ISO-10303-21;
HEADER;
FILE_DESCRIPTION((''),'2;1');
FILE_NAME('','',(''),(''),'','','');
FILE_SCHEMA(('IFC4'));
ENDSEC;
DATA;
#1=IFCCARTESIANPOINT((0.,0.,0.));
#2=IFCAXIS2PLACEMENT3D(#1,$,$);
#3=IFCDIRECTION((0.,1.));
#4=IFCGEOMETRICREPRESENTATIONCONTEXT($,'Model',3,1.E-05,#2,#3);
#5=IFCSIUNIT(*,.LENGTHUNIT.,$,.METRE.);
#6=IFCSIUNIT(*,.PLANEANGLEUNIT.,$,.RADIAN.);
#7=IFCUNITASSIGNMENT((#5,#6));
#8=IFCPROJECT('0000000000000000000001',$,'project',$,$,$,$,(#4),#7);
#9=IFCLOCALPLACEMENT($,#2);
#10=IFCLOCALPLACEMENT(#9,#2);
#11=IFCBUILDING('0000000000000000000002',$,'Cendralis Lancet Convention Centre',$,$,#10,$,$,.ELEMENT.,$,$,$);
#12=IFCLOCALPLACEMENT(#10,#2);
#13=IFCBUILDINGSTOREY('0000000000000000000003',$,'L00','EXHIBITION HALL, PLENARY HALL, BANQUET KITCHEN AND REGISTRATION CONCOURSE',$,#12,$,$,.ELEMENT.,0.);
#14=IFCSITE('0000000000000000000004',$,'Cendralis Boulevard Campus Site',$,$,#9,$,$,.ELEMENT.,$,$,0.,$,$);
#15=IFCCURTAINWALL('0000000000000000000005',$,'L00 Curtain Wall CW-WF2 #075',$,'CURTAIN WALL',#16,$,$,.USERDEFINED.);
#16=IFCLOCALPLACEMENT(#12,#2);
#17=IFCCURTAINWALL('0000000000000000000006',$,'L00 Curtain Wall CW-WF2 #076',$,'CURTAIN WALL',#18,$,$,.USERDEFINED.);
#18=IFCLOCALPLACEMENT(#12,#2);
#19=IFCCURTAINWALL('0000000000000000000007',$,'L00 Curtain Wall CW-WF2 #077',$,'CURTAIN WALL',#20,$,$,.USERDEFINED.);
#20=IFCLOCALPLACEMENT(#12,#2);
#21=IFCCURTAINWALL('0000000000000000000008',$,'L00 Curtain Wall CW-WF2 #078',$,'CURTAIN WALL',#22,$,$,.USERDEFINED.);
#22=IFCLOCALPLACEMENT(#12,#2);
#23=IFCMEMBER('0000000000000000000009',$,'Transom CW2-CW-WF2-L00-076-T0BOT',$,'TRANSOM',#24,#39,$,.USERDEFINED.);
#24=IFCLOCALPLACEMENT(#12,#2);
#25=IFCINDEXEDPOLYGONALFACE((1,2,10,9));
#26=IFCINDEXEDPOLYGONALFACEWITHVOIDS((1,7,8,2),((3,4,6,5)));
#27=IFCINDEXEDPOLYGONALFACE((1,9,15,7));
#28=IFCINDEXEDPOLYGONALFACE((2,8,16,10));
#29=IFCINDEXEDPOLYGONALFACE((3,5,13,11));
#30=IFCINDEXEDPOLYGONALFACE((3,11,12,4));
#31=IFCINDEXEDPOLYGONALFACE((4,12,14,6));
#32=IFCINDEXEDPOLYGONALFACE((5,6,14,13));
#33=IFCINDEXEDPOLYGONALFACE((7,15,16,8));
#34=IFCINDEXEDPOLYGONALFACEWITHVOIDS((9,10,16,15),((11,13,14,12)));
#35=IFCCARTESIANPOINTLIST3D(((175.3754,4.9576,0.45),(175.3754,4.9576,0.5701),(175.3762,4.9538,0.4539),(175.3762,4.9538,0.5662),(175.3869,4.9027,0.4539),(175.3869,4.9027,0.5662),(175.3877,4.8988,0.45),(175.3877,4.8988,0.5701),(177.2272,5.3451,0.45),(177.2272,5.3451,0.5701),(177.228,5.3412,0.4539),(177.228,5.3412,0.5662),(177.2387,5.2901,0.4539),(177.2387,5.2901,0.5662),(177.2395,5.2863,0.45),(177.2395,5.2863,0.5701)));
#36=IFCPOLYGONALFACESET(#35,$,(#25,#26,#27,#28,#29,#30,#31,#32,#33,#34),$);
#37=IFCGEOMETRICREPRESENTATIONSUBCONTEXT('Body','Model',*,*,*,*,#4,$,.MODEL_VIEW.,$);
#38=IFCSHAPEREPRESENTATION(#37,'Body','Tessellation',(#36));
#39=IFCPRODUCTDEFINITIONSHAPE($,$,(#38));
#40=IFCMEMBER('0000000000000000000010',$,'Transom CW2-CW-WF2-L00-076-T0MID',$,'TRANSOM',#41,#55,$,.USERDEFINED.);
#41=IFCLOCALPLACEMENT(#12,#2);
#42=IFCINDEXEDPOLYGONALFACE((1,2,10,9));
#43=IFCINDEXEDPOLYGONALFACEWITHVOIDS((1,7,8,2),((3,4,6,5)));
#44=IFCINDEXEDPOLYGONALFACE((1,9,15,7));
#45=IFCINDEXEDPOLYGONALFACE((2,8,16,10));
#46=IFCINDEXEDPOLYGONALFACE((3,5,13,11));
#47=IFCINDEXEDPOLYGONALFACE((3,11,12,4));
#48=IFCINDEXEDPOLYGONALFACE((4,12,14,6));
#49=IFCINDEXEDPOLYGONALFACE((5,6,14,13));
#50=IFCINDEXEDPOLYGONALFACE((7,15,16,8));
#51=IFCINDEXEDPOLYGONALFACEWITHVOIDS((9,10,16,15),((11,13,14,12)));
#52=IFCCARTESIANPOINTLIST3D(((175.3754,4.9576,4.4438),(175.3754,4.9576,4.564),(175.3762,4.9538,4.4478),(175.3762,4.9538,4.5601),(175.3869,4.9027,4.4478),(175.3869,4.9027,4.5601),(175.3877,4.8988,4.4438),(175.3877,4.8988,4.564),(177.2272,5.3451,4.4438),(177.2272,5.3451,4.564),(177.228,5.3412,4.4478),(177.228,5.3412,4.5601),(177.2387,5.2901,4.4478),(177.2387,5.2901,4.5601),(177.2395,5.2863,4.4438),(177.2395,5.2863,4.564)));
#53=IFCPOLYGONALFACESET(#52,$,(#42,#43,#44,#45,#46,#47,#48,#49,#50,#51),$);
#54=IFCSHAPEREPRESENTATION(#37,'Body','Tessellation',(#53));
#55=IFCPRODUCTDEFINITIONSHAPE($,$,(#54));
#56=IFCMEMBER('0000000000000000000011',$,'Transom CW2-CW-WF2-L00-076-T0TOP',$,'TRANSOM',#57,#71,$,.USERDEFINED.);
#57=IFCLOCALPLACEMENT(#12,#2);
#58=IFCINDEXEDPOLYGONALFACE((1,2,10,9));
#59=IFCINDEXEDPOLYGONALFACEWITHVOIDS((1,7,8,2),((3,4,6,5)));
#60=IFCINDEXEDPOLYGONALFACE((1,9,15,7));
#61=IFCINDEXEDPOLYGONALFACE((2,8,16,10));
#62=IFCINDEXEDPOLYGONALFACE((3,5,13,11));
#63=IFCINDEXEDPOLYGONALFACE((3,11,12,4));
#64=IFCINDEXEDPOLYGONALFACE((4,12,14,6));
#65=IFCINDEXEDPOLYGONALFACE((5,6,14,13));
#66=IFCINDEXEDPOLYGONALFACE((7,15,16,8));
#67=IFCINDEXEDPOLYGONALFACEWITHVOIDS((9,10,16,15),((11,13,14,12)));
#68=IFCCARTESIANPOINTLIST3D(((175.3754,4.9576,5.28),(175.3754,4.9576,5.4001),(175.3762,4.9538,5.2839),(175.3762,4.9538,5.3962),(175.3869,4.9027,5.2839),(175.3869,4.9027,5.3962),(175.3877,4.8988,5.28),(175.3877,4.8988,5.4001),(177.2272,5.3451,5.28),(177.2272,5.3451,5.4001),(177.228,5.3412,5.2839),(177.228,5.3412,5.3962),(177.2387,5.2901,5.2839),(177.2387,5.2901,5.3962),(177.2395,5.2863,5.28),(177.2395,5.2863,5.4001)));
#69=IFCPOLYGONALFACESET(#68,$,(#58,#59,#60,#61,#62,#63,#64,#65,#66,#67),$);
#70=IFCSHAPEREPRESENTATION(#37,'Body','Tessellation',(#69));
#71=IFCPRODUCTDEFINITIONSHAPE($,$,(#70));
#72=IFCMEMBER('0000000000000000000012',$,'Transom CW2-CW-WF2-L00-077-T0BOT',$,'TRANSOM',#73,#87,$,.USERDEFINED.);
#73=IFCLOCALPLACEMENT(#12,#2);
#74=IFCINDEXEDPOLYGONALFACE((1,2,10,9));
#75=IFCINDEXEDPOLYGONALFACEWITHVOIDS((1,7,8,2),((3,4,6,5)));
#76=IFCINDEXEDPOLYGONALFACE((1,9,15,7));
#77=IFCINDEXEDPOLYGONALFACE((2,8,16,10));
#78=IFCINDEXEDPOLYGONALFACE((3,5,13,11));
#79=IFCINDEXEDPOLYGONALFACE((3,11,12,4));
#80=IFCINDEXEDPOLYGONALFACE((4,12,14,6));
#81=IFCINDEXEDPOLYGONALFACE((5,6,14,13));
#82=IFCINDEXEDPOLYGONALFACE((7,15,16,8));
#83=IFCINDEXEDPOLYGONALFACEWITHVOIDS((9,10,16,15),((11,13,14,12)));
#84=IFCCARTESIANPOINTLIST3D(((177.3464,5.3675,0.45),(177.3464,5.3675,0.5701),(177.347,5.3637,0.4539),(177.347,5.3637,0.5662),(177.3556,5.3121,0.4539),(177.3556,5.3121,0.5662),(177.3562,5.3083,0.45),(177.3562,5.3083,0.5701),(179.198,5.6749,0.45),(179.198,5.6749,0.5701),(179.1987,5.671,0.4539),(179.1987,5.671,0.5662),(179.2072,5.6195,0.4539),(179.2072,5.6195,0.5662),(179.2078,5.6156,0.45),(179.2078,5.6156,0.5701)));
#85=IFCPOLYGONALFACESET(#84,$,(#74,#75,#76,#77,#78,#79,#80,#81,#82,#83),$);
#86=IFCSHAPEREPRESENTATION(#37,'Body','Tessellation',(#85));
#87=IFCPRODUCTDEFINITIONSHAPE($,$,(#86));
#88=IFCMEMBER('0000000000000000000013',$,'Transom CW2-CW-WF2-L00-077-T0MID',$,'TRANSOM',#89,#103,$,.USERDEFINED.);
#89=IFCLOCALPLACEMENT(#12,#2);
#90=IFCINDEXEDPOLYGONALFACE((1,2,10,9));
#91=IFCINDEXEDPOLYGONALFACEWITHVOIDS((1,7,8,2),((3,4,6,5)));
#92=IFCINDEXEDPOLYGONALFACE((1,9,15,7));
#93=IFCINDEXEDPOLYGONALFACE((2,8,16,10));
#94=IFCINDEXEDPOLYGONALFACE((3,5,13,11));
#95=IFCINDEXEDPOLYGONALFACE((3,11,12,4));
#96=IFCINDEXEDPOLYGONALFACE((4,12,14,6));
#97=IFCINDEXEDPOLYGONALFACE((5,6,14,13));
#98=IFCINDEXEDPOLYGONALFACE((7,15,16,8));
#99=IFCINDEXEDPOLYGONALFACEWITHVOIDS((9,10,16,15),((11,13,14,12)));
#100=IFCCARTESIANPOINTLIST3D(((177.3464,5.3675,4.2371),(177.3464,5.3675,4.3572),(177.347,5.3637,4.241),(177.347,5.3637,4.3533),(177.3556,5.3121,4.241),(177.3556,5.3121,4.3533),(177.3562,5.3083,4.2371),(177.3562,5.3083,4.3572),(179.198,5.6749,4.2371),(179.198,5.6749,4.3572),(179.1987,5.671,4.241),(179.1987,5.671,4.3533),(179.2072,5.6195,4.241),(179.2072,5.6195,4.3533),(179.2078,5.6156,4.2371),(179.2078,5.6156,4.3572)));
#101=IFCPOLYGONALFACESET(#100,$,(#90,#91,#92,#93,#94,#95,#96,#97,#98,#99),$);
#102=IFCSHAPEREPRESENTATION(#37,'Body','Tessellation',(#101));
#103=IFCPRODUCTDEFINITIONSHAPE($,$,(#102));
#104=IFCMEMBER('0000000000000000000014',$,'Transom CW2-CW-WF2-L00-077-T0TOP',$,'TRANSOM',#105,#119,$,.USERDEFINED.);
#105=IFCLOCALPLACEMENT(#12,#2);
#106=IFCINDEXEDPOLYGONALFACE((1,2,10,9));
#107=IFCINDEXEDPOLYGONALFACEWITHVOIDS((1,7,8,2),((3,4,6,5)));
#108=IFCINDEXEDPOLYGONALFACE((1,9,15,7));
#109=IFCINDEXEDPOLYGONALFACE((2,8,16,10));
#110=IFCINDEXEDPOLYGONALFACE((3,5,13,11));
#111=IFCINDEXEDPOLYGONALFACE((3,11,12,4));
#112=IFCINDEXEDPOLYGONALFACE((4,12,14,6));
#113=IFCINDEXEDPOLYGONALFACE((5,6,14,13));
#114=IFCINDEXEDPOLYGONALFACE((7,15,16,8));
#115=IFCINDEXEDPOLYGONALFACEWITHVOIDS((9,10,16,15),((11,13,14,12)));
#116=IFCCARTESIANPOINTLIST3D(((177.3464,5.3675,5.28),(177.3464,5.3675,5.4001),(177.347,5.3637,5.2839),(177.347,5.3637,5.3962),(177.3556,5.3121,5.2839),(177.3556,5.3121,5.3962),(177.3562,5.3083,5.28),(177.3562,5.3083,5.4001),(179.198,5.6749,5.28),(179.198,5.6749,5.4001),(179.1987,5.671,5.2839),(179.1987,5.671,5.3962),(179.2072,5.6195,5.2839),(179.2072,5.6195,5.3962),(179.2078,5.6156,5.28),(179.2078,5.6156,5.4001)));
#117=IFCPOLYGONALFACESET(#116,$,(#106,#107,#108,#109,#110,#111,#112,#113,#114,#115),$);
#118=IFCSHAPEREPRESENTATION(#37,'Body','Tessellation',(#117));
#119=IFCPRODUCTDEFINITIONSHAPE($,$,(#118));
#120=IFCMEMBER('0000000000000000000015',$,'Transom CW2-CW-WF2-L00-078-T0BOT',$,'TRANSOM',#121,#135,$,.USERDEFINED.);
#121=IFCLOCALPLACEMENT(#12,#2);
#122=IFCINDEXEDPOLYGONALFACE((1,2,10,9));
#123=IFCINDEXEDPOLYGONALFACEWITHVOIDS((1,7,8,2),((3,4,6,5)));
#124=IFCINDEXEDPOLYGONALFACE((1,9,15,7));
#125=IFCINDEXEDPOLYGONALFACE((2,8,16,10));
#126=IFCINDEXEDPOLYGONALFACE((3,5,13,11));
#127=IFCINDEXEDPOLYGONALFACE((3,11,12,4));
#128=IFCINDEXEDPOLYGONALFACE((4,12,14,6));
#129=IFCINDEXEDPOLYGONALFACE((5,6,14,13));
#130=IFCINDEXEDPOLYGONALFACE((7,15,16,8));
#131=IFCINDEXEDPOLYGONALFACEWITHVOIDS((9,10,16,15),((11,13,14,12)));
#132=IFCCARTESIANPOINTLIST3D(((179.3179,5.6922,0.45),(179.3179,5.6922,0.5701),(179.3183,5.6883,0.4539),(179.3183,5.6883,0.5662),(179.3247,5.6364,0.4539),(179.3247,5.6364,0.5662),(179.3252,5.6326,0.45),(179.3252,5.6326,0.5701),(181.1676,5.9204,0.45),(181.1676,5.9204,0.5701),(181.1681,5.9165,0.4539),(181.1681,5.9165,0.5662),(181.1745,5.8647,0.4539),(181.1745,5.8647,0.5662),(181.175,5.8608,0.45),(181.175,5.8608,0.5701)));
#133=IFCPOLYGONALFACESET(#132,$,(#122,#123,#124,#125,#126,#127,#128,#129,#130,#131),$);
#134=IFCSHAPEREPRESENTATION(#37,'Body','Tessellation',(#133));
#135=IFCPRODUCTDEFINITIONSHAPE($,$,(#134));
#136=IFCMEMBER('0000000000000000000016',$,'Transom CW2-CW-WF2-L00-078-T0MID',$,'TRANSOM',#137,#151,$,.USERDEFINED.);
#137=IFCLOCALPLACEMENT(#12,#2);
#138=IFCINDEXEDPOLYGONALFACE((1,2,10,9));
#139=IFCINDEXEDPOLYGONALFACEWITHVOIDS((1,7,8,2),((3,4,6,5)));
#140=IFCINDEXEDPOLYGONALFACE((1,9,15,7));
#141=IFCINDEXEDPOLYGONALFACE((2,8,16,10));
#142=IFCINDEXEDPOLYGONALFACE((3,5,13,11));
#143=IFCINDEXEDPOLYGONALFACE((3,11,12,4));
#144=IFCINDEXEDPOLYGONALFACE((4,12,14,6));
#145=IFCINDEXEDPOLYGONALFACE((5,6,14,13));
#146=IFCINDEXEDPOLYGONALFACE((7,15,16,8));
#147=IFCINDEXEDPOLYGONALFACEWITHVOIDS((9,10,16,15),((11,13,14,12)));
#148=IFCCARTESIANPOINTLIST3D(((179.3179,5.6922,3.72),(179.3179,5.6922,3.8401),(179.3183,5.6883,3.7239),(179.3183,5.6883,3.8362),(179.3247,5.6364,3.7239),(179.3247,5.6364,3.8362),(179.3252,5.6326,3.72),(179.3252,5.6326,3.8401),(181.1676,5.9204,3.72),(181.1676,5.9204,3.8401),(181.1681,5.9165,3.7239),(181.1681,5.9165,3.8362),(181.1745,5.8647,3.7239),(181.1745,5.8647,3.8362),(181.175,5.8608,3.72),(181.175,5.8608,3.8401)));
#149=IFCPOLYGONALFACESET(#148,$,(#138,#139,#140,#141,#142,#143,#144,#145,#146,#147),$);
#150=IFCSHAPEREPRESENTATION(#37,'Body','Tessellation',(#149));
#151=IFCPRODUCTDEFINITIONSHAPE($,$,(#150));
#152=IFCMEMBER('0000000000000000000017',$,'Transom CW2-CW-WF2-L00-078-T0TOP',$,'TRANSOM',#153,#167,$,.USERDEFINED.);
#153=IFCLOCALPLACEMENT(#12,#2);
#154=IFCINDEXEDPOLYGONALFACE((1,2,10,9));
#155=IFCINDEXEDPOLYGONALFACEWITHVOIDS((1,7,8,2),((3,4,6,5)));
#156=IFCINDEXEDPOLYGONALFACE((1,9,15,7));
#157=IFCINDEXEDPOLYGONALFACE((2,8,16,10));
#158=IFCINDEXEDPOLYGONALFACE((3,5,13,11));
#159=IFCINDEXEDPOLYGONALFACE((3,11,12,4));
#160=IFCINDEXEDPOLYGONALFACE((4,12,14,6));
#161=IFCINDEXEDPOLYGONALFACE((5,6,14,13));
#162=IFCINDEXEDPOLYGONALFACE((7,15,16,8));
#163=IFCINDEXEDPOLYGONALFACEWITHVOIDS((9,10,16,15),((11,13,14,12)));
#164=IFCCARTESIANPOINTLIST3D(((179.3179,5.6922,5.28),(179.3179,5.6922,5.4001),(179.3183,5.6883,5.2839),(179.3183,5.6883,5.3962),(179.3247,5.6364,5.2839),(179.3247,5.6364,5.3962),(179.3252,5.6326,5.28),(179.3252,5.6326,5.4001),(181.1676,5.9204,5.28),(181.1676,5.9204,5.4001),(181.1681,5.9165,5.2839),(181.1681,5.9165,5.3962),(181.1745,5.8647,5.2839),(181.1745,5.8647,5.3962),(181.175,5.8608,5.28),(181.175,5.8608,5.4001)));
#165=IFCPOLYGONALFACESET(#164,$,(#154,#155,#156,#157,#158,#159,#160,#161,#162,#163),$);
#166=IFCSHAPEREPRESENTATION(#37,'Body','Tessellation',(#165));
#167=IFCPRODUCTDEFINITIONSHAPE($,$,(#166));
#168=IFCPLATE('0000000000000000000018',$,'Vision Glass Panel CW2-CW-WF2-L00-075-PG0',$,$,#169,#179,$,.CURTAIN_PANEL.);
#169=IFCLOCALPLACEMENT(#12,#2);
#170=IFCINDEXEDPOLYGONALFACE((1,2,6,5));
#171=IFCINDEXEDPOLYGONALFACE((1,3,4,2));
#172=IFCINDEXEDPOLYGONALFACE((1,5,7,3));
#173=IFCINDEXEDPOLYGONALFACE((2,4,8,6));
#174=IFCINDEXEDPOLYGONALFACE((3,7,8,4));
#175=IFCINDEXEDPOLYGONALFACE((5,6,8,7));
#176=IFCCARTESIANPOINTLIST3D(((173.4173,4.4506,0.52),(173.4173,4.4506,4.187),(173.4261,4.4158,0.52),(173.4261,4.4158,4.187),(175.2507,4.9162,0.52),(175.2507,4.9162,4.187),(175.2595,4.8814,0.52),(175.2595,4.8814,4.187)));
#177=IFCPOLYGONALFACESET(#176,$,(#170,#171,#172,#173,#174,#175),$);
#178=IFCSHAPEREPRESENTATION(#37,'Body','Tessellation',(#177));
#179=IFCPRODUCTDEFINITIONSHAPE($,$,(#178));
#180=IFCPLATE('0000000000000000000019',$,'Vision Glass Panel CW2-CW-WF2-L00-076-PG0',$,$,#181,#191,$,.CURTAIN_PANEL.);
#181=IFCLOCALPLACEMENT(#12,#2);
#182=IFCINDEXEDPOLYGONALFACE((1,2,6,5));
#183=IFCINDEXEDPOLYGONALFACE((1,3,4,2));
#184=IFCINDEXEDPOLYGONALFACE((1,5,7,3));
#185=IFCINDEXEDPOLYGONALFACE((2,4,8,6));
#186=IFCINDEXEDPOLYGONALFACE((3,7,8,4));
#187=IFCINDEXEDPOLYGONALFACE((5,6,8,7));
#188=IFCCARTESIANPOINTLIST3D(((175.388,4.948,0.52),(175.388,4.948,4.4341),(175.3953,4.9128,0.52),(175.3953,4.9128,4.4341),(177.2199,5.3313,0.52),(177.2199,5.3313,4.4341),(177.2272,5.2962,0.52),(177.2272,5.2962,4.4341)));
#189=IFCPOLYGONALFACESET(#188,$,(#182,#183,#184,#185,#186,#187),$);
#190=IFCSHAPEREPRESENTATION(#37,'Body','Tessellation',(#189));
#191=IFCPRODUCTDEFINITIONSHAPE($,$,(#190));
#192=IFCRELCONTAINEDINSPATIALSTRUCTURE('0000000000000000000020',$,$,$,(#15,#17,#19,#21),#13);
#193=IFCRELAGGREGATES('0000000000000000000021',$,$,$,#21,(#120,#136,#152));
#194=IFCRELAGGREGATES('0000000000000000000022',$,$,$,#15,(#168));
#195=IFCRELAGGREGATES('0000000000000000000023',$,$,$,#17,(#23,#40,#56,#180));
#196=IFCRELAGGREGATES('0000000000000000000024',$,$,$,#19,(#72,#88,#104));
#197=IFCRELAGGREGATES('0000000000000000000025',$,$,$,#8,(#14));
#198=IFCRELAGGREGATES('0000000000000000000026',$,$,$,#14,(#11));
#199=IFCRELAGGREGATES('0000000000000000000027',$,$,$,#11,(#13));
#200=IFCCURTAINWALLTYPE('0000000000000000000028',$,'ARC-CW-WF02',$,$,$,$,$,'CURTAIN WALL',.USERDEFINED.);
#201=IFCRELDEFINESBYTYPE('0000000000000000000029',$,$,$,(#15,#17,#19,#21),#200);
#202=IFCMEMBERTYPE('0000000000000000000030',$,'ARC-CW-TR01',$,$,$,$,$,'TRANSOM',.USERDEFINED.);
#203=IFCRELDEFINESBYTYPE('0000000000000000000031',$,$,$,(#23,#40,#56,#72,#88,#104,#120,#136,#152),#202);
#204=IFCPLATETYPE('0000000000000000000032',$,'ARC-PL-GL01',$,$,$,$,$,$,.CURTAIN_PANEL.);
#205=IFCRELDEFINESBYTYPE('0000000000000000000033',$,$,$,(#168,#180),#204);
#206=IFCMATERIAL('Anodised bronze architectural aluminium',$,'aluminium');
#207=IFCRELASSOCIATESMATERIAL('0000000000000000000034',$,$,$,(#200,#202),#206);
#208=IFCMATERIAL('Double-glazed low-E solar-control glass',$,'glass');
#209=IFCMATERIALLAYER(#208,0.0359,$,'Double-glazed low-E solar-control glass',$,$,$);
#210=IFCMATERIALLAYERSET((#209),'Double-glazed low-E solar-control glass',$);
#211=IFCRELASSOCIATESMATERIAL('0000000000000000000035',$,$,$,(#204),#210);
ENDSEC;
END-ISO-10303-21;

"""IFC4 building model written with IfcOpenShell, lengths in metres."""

from ifc_helpers import new_model, si_unit, direction, frame, origin, origin_2d, place, context, subcontext, project, spatial, rectangle, hollow_rectangle, extrude, material, layer, layer_set, material_profile, profile_set, type_object, element, aggregate, save


model = new_model("IFC4")

# Units and contexts
model_context = context("Model", 3, precision=1e-05, world=origin(), true_north=direction((0.0, 1.0)))
body_context = subcontext(model_context, "Body", "Model", "MODEL_VIEW")
ifc_project = project(units=[si_unit("LENGTHUNIT", "METRE"), si_unit("PLANEANGLEUNIT", "RADIAN")], contexts=[model_context])

# Site, building, storey
site_placement = place(None, origin())
site = spatial("IfcSite", under=ifc_project, at=site_placement, Name="Cendralis Boulevard Campus Site", CompositionType="ELEMENT", RefElevation=0.0)
building_placement = place(site_placement, origin())
building = spatial("IfcBuilding", under=site, at=building_placement, Name="Cendralis Lancet Convention Centre", CompositionType="ELEMENT")
storey_placement = place(building_placement, origin())
storey = spatial("IfcBuildingStorey", under=building, at=storey_placement, Name="L00", Description="EXHIBITION HALL, PLENARY HALL, BANQUET KITCHEN AND REGISTRATION CONCOURSE", CompositionType="ELEMENT", Elevation=0.0)

# Shared definitions
ifc_material_1 = material(Name="Anodised bronze architectural aluminium", Category="aluminium")
curtain_wall_type = type_object("IfcCurtainWallType", Name="ARC-CW-WF02", ElementType="CURTAIN WALL", PredefinedType="USERDEFINED", material=ifc_material_1)

# Curtain walls
curtain_wall_1_placement = place(storey_placement, origin())
curtain_wall_1 = element("IfcCurtainWall", 1, at=curtain_wall_1_placement, inside=storey, type_object=curtain_wall_type, Name="L00 Curtain Wall CW-WF2 #075", ObjectType="CURTAIN WALL", PredefinedType="USERDEFINED")
curtain_wall_2_placement = place(storey_placement, origin())
curtain_wall_2 = element("IfcCurtainWall", 2, at=curtain_wall_2_placement, inside=storey, type_object=curtain_wall_type, Name="L00 Curtain Wall CW-WF2 #076", ObjectType="CURTAIN WALL", PredefinedType="USERDEFINED")
curtain_wall_3_placement = place(storey_placement, origin())
curtain_wall_3 = element("IfcCurtainWall", 3, at=curtain_wall_3_placement, inside=storey, type_object=curtain_wall_type, Name="L00 Curtain Wall CW-WF2 #077", ObjectType="CURTAIN WALL", PredefinedType="USERDEFINED")

# Curtain wall
curtain_wall_4_placement = place(storey_placement, origin())
curtain_wall_4 = element("IfcCurtainWall", 4, at=curtain_wall_4_placement, inside=storey, type_object=curtain_wall_type, Name="L00 Curtain Wall CW-WF2 #078", ObjectType="CURTAIN WALL", PredefinedType="USERDEFINED")

# Members
ifc_material_profile_1 = material_profile(ifc_material_1, hollow_rectangle(XDim=0.0601, YDim=0.1201, WallThickness=0.0039, at=origin_2d()), Name="AL-TRAN 60x120x4.0")
ifc_profile_set_1 = profile_set([ifc_material_profile_1], Name="Anodised bronze architectural aluminium")
member_type_1 = type_object("IfcMemberType", Name="ARC-CW-TR01", ElementType="TRANSOM", PredefinedType="USERDEFINED", material=ifc_profile_set_1)
member_1_placement = place(storey_placement, frame((175.3816, 4.9282, 0.51), z_axis=(0.978805, 0.204794, 0.0), x_axis=(-0.204794, 0.978805, 0.0)))
member_1 = element("IfcMember", 5, at=member_1_placement, type_object=member_type_1, Name="Transom CW2-CW-WF2-L00-076-T0BOT", ObjectType="TRANSOM", PredefinedType="USERDEFINED", context=body_context, shape_type="SweptSolid", body=[
    extrude(hollow_rectangle(XDim=0.0601, YDim=0.1201, WallThickness=0.0039, at=origin_2d()), origin(), (0.0, 0.0, 1.0), 1.8918),
])
member_2_placement = place(storey_placement, frame((175.3816, 4.9282, 4.5039), z_axis=(0.978805, 0.204794, 0.0), x_axis=(-0.204794, 0.978805, 0.0)))
member_2 = element("IfcMember", 6, at=member_2_placement, type_object=member_type_1, Name="Transom CW2-CW-WF2-L00-076-T0MID", ObjectType="TRANSOM", PredefinedType="USERDEFINED", context=body_context, shape_type="SweptSolid", body=[
    extrude(hollow_rectangle(XDim=0.0601, YDim=0.1201, WallThickness=0.0039, at=origin_2d()), origin(), (0.0, 0.0, 1.0), 1.8918),
])
member_3_placement = place(storey_placement, frame((175.3816, 4.9282, 5.3401), z_axis=(0.978805, 0.204794, 0.0), x_axis=(-0.204794, 0.978805, 0.0)))
member_3 = element("IfcMember", 7, at=member_3_placement, type_object=member_type_1, Name="Transom CW2-CW-WF2-L00-076-T0TOP", ObjectType="TRANSOM", PredefinedType="USERDEFINED", context=body_context, shape_type="SweptSolid", body=[
    extrude(hollow_rectangle(XDim=0.0601, YDim=0.1201, WallThickness=0.0039, at=origin_2d()), origin(), (0.0, 0.0, 1.0), 1.8918),
])
member_4_placement = place(storey_placement, frame((177.3513, 5.3379, 0.51), z_axis=(0.986499, 0.163766, 0.0), x_axis=(-0.163766, 0.986499, 0.0)))
member_4 = element("IfcMember", 8, at=member_4_placement, type_object=member_type_1, Name="Transom CW2-CW-WF2-L00-077-T0BOT", ObjectType="TRANSOM", PredefinedType="USERDEFINED", context=body_context, shape_type="SweptSolid", body=[
    extrude(hollow_rectangle(XDim=0.0601, YDim=0.1201, WallThickness=0.0039, at=origin_2d()), origin(), (0.0, 0.0, 1.0), 1.877),
])
member_5_placement = place(storey_placement, frame((177.3513, 5.3379, 4.2971), z_axis=(0.986499, 0.163766, 0.0), x_axis=(-0.163766, 0.986499, 0.0)))
member_5 = element("IfcMember", 9, at=member_5_placement, type_object=member_type_1, Name="Transom CW2-CW-WF2-L00-077-T0MID", ObjectType="TRANSOM", PredefinedType="USERDEFINED", context=body_context, shape_type="SweptSolid", body=[
    extrude(hollow_rectangle(XDim=0.0601, YDim=0.1201, WallThickness=0.0039, at=origin_2d()), origin(), (0.0, 0.0, 1.0), 1.877),
])
member_6_placement = place(storey_placement, frame((177.3513, 5.3379, 5.3401), z_axis=(0.986499, 0.163766, 0.0), x_axis=(-0.163766, 0.986499, 0.0)))
member_6 = element("IfcMember", 10, at=member_6_placement, type_object=member_type_1, Name="Transom CW2-CW-WF2-L00-077-T0TOP", ObjectType="TRANSOM", PredefinedType="USERDEFINED", context=body_context, shape_type="SweptSolid", body=[
    extrude(hollow_rectangle(XDim=0.0601, YDim=0.1201, WallThickness=0.0039, at=origin_2d()), origin(), (0.0, 0.0, 1.0), 1.877),
])
member_7_placement = place(storey_placement, frame((179.3215, 5.6624, 0.51), z_axis=(0.992472, 0.122471, 0.0), x_axis=(-0.122471, 0.992472, 0.0)))
member_7 = element("IfcMember", 11, at=member_7_placement, type_object=member_type_1, Name="Transom CW2-CW-WF2-L00-078-T0BOT", ObjectType="TRANSOM", PredefinedType="USERDEFINED", context=body_context, shape_type="SweptSolid", body=[
    extrude(hollow_rectangle(XDim=0.0601, YDim=0.1201, WallThickness=0.0039, at=origin_2d()), origin(), (0.0, 0.0, 1.0), 1.8638),
])
member_8_placement = place(storey_placement, frame((179.3215, 5.6624, 3.78), z_axis=(0.992472, 0.122471, 0.0), x_axis=(-0.122471, 0.992472, 0.0)))
member_8 = element("IfcMember", 12, at=member_8_placement, type_object=member_type_1, Name="Transom CW2-CW-WF2-L00-078-T0MID", ObjectType="TRANSOM", PredefinedType="USERDEFINED", context=body_context, shape_type="SweptSolid", body=[
    extrude(hollow_rectangle(XDim=0.0601, YDim=0.1201, WallThickness=0.0039, at=origin_2d()), origin(), (0.0, 0.0, 1.0), 1.8638),
])
member_9_placement = place(storey_placement, frame((179.3215, 5.6624, 5.3401), z_axis=(0.992472, 0.122471, 0.0), x_axis=(-0.122471, 0.992472, 0.0)))
member_9 = element("IfcMember", 13, at=member_9_placement, type_object=member_type_1, Name="Transom CW2-CW-WF2-L00-078-T0TOP", ObjectType="TRANSOM", PredefinedType="USERDEFINED", context=body_context, shape_type="SweptSolid", body=[
    extrude(hollow_rectangle(XDim=0.0601, YDim=0.1201, WallThickness=0.0039, at=origin_2d()), origin(), (0.0, 0.0, 1.0), 1.8638),
])

# Plates
ifc_material_2 = material(Name="Double-glazed low-E solar-control glass", Category="glass")
ifc_layer_1 = layer(ifc_material_2, 0.0359, Name="Double-glazed low-E solar-control glass")
ifc_layer_set_1 = layer_set([ifc_layer_1], Name="Double-glazed low-E solar-control glass")
plate_type_1 = type_object("IfcPlateType", Name="ARC-PL-GL01", PredefinedType="CURTAIN_PANEL", material=ifc_layer_set_1)
plate_1_placement = place(storey_placement, frame((174.3384, 4.666, 0.52), z_axis=(0.0, 0.0, 1.0), x_axis=(0.969238, 0.246124, 0.0)))
plate_1 = element("IfcPlate", 14, at=plate_1_placement, type_object=plate_type_1, Name="Vision Glass Panel CW2-CW-WF2-L00-075-PG0", PredefinedType="CURTAIN_PANEL", context=body_context, shape_type="SweptSolid", body=[
    extrude(rectangle(XDim=1.8916, YDim=0.0359, at=origin_2d()), origin(), (0.0, 0.0, 1.0), 3.667),
])
plate_2_placement = place(storey_placement, frame((176.3076, 5.1221, 0.52), z_axis=(0.0, 0.0, 1.0), x_axis=(0.978802, 0.204808, 0.0)))
plate_2 = element("IfcPlate", 15, at=plate_2_placement, type_object=plate_type_1, Name="Vision Glass Panel CW2-CW-WF2-L00-076-PG0", PredefinedType="CURTAIN_PANEL", context=body_context, shape_type="SweptSolid", body=[
    extrude(rectangle(XDim=1.8716, YDim=0.0359, at=origin_2d()), origin(), (0.0, 0.0, 1.0), 3.9141),
])
aggregate(curtain_wall_4, [member_7, member_8, member_9])
aggregate(curtain_wall_1, [plate_1])
aggregate(curtain_wall_2, [member_1, member_2, member_3, plate_2])
aggregate(curtain_wall_3, [member_4, member_5, member_6])

save(model, "model.ifc")
